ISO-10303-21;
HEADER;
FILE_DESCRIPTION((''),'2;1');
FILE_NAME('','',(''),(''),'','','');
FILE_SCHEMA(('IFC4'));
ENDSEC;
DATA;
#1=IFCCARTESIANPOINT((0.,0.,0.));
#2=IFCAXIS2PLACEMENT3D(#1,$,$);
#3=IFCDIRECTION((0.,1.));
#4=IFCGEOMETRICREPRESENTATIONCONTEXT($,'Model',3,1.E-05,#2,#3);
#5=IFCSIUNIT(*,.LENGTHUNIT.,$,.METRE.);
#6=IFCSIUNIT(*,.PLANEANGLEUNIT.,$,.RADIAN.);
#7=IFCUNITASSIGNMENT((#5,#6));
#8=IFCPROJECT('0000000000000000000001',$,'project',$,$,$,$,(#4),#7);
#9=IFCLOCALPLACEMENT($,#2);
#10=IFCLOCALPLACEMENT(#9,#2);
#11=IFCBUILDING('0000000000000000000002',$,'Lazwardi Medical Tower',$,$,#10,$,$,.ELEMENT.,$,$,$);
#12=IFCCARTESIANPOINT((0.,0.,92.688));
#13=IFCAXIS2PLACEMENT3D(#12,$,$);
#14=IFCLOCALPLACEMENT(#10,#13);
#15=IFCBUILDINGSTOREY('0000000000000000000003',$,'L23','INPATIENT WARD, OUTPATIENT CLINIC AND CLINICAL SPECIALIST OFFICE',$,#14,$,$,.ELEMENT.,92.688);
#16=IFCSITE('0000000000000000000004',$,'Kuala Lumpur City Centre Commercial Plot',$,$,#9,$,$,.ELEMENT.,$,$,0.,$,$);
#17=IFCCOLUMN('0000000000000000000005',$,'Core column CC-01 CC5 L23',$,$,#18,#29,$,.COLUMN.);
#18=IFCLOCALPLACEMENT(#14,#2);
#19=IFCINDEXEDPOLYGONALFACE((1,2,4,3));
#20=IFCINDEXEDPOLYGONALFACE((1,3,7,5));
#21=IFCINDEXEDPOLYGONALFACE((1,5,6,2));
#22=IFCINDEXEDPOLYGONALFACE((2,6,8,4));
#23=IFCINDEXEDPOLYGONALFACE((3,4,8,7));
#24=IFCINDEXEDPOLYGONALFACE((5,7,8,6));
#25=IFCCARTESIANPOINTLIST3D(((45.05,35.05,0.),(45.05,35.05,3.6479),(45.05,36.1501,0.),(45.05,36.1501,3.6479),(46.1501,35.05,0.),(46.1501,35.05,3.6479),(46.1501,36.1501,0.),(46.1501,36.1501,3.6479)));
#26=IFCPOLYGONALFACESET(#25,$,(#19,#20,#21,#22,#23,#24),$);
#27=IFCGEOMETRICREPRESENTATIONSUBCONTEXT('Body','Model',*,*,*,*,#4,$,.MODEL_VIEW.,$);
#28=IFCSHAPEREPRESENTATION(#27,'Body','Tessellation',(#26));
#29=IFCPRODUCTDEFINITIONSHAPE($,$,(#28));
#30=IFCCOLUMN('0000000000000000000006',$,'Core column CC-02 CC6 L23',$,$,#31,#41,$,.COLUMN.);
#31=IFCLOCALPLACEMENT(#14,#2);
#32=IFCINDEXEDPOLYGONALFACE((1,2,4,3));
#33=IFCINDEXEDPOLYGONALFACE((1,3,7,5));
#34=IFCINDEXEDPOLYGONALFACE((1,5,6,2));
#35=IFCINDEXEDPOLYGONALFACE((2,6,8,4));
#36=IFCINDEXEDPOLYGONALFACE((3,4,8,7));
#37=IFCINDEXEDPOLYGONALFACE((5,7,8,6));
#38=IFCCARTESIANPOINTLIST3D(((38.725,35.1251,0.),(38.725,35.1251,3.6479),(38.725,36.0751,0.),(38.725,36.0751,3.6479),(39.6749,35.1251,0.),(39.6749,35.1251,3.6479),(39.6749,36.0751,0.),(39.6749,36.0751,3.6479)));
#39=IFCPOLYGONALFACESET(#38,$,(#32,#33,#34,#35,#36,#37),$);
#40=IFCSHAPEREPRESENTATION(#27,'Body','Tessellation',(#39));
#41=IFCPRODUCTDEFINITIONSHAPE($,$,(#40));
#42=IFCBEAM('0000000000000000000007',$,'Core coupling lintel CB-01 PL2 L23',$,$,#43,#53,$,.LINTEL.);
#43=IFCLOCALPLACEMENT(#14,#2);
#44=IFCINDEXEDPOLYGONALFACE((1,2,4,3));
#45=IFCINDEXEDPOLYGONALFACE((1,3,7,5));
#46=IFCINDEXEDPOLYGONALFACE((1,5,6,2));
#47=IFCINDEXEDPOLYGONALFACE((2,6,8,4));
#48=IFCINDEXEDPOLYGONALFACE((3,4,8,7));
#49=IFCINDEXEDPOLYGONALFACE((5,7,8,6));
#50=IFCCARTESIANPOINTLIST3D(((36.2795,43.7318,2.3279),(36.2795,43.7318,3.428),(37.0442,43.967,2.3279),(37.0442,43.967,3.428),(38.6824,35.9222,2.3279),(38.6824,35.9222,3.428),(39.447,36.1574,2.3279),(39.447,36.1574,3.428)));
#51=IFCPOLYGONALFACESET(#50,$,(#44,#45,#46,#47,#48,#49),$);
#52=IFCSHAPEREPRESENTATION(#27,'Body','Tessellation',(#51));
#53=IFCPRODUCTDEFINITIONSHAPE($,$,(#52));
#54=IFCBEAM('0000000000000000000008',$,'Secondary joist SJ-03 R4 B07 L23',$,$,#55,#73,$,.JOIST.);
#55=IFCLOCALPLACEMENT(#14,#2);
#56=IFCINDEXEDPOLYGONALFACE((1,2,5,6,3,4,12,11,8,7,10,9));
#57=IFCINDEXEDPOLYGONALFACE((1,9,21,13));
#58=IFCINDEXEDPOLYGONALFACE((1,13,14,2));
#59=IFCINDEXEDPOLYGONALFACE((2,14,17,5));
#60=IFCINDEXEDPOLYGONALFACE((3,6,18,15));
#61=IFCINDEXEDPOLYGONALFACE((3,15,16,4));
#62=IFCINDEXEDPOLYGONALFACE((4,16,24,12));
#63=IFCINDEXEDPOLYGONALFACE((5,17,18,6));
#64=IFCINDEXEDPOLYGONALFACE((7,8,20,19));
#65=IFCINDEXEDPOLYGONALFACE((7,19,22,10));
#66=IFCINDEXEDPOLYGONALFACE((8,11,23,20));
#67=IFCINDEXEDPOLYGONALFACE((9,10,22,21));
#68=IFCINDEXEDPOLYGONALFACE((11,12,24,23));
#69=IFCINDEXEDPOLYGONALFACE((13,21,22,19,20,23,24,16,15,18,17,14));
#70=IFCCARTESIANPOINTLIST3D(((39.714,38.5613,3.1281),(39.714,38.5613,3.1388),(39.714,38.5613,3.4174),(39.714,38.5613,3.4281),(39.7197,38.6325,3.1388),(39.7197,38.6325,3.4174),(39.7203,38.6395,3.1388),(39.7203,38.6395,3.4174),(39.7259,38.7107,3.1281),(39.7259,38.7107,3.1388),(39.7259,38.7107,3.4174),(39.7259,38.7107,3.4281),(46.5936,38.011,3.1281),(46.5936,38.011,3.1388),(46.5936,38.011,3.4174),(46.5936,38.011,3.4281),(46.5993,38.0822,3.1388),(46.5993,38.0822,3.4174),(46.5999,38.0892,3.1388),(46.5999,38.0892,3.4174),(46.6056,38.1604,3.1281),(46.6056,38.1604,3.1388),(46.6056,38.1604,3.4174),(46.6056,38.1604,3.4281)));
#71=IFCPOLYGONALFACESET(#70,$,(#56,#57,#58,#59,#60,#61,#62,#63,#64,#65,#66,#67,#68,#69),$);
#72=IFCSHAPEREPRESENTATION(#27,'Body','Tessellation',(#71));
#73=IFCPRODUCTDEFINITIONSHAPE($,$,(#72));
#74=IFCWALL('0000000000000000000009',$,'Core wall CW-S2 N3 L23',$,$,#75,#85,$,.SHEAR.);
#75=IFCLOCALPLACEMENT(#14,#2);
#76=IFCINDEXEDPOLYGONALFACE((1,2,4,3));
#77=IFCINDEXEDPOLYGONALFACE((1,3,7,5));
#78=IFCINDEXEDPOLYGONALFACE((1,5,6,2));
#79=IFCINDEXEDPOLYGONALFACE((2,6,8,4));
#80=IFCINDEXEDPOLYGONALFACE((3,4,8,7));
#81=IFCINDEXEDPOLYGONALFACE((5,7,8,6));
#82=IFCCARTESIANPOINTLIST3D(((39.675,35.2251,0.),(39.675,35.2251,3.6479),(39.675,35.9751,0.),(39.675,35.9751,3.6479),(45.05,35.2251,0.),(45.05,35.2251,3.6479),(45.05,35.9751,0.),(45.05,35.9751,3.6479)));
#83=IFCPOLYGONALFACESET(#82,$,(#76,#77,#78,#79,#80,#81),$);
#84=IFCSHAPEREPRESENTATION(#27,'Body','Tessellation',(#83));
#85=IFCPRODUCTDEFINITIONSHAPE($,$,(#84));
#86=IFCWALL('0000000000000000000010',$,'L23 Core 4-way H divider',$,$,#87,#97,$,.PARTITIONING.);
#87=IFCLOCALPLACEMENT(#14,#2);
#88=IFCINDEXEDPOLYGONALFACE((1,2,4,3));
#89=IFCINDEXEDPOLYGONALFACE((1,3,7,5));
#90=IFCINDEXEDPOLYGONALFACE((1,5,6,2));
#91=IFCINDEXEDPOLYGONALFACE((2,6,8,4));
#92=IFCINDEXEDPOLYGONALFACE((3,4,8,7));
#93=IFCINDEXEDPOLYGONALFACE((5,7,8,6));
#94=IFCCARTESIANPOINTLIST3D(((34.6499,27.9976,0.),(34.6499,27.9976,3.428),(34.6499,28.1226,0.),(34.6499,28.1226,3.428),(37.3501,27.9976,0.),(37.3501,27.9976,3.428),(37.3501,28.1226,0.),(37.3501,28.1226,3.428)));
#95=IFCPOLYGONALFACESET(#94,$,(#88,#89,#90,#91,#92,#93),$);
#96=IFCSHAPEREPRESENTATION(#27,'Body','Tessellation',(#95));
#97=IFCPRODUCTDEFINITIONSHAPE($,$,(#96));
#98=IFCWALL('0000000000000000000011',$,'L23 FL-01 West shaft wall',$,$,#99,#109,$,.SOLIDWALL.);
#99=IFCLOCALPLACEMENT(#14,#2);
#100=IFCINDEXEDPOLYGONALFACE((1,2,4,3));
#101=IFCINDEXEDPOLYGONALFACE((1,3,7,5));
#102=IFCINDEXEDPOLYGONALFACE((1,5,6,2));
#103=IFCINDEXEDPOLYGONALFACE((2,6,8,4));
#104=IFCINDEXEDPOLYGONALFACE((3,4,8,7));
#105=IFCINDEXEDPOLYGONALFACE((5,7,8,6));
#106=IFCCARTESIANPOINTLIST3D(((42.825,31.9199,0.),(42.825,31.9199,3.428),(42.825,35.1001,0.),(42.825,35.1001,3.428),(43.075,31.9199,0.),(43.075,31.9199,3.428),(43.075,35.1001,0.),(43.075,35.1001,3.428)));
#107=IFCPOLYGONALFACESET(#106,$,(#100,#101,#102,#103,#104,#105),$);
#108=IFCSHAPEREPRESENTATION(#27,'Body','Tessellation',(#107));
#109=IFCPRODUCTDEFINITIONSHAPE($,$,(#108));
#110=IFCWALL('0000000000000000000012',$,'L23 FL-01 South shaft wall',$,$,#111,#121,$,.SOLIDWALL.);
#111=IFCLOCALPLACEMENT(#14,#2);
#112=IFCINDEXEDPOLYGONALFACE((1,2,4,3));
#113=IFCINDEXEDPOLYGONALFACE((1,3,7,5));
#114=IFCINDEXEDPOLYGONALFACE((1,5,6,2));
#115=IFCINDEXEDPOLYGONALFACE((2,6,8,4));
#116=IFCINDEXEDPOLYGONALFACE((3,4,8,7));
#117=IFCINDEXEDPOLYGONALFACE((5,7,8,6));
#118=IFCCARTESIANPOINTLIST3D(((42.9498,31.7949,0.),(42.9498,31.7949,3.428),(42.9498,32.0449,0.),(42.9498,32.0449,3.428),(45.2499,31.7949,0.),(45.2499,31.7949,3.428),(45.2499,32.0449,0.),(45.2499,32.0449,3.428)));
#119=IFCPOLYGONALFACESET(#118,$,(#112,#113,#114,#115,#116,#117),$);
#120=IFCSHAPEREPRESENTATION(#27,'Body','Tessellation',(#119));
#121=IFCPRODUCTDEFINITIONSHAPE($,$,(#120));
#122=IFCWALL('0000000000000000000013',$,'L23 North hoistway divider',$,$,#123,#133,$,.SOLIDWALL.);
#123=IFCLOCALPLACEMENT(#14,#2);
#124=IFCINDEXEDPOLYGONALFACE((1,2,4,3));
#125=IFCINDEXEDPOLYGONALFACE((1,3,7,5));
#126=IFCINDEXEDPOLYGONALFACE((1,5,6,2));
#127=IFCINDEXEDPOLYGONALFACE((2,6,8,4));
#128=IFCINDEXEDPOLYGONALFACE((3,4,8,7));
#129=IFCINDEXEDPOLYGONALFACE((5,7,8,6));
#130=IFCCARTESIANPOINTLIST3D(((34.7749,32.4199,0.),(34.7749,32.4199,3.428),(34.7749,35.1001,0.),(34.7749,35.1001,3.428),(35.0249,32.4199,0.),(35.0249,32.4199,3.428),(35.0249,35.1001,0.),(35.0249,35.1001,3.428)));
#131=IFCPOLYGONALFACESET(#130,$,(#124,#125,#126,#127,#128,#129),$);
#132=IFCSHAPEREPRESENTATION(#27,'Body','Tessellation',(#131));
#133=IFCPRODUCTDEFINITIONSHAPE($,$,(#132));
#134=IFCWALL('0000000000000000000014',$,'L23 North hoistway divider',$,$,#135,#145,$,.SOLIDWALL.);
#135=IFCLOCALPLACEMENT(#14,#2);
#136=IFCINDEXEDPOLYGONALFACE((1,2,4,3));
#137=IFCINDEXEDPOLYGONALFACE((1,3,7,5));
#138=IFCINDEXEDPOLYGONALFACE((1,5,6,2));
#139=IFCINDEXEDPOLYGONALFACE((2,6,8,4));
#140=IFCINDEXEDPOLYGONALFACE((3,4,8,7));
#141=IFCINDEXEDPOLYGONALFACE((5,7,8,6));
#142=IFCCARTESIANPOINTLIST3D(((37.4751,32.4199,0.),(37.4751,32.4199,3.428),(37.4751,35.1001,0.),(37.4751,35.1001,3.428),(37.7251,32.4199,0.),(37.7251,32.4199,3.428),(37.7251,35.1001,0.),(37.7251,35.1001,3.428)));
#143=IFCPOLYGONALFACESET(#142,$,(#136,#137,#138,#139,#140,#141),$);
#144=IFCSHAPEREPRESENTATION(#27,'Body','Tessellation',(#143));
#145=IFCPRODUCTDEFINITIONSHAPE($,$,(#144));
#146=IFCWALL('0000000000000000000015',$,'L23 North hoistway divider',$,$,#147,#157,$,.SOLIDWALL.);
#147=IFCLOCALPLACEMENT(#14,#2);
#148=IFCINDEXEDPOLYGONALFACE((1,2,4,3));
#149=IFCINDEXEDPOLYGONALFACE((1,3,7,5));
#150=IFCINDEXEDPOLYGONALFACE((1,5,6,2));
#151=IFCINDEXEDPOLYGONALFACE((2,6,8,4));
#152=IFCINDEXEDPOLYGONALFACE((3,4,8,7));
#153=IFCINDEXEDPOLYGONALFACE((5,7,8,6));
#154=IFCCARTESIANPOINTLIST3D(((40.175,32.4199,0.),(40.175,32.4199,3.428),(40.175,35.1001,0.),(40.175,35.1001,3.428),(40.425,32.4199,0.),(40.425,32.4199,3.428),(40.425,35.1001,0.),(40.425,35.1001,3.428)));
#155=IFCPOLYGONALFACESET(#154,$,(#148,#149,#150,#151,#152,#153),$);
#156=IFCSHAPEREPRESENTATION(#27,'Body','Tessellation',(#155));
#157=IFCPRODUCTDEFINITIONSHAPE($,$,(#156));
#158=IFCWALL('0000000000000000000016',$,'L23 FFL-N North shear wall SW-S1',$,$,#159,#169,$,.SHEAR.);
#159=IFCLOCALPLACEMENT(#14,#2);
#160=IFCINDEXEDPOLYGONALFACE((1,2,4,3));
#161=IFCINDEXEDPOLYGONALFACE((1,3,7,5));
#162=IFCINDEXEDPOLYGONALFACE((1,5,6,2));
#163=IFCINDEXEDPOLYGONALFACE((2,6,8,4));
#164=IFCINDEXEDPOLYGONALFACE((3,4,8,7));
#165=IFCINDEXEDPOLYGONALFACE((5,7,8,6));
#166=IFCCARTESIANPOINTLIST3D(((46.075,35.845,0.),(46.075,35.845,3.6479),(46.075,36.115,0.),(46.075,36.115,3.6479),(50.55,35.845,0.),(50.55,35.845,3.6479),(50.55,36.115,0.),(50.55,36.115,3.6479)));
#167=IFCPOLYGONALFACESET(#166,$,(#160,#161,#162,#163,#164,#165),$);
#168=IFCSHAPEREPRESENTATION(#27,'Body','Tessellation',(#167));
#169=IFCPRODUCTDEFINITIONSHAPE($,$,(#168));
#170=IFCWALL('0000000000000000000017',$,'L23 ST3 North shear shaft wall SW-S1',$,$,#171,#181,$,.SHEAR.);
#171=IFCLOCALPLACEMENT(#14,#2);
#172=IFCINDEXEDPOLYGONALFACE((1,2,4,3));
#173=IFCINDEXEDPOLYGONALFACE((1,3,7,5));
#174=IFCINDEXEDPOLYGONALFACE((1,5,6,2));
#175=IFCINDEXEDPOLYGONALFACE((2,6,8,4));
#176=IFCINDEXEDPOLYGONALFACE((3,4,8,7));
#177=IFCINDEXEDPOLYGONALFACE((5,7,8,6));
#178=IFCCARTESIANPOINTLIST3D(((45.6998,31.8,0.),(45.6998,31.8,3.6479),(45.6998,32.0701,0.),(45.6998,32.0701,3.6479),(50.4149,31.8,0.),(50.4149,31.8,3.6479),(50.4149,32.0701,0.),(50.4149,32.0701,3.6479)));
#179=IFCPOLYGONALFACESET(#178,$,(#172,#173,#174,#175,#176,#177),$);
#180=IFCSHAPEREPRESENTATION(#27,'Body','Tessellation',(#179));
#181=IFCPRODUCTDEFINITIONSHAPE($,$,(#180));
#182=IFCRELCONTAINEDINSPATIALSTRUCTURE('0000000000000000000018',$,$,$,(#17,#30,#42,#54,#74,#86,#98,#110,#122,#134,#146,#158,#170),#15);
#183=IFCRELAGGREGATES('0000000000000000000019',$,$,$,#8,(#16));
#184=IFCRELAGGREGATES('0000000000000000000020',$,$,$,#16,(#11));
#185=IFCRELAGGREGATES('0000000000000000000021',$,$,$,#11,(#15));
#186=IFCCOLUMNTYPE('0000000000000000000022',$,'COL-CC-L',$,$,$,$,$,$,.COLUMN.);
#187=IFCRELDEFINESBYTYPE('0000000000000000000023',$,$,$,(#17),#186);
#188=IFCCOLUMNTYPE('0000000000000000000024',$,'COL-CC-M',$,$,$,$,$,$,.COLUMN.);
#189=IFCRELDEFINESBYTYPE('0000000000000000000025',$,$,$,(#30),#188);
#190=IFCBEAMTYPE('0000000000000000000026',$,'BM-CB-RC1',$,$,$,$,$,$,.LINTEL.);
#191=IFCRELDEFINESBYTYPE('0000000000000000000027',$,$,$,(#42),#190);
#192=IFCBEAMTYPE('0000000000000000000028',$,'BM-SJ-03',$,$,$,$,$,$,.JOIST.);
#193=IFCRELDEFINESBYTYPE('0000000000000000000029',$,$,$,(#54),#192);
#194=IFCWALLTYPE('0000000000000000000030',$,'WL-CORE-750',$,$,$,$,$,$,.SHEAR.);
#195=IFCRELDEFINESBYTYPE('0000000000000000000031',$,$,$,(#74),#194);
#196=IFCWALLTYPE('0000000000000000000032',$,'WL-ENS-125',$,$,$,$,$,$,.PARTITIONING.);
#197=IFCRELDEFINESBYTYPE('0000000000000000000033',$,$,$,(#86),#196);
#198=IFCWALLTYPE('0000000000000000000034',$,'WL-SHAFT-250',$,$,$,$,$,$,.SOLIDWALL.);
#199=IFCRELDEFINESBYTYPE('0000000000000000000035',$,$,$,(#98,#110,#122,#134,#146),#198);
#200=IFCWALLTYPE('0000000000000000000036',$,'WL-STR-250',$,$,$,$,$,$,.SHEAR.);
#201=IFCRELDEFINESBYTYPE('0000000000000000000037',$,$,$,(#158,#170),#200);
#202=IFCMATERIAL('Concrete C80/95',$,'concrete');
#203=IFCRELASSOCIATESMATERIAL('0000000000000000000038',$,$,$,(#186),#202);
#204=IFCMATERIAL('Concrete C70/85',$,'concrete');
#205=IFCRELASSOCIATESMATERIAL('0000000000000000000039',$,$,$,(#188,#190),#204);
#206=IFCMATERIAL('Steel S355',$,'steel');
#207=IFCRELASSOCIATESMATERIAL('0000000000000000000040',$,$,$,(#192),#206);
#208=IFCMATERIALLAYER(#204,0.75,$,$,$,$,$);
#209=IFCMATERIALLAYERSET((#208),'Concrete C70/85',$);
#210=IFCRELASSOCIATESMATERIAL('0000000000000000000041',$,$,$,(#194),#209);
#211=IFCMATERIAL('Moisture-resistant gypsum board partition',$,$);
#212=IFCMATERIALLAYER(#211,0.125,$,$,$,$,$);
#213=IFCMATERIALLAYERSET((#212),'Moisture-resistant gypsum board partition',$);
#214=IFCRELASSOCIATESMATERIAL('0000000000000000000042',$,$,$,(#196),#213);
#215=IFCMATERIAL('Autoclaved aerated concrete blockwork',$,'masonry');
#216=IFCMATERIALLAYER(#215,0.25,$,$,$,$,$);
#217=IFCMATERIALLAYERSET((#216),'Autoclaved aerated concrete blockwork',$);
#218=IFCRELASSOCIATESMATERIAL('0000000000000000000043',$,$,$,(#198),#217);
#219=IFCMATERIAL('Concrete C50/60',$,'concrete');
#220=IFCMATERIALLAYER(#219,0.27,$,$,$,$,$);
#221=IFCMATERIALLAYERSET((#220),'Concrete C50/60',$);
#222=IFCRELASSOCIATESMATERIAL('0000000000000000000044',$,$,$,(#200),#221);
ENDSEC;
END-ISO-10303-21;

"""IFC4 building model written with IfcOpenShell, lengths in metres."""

from ifc_helpers import new_model, si_unit, direction, frame, frame_2d, origin, origin_2d, place, context, subcontext, project, spatial, rectangle, i_section, extrude, material, layer, layer_set, material_profile, profile_set, type_object, element, save


model = new_model("IFC4")

# Units and contexts
model_context = context("Model", 3, precision=1e-05, world=origin(), true_north=direction((0.0, 1.0)))
body_context = subcontext(model_context, "Body", "Model", "MODEL_VIEW")
ifc_project = project(units=[si_unit("LENGTHUNIT", "METRE"), si_unit("PLANEANGLEUNIT", "RADIAN")], contexts=[model_context])

# Site, building, storey
site_placement = place(None, origin())
site = spatial("IfcSite", under=ifc_project, at=site_placement, Name="Kuala Lumpur City Centre Commercial Plot", CompositionType="ELEMENT", RefElevation=0.0)
building_placement = place(site_placement, origin())
building = spatial("IfcBuilding", under=site, at=building_placement, Name="Lazwardi Medical Tower", CompositionType="ELEMENT")
storey_placement = place(building_placement, frame((0.0, 0.0, 92.688)))
storey = spatial("IfcBuildingStorey", under=building, at=storey_placement, Name="L23", Description="INPATIENT WARD, OUTPATIENT CLINIC AND CLINICAL SPECIALIST OFFICE", CompositionType="ELEMENT", Elevation=92.688)

# Columns
ifc_material_1 = material(Name="Concrete C80/95", Category="concrete")
ifc_material_profile_1 = material_profile(ifc_material_1, rectangle(XDim=1.1001, YDim=1.1001, at=origin_2d()), Name="RC 1100x1100")
ifc_profile_set_1 = profile_set([ifc_material_profile_1], Name="Concrete C80/95")
column_type_1 = type_object("IfcColumnType", Name="COL-CC-L", PredefinedType="COLUMN", material=ifc_profile_set_1)
column_1_placement = place(storey_placement, frame((45.6001, 35.6001, 0.0), z_axis=(0.0, 0.0, 1.0), x_axis=(1.0, 0.0, 0.0)))
element("IfcColumn", 1, at=column_1_placement, inside=storey, type_object=column_type_1, Name="Core column CC-01 CC5 L23", PredefinedType="COLUMN", context=body_context, shape_type="SweptSolid", body=[
    extrude(rectangle(XDim=1.1001, YDim=1.1001, at=origin_2d()), origin(), (0.0, 0.0, 1.0), 3.6479),
])
ifc_material_2 = material(Name="Concrete C70/85", Category="concrete")
ifc_material_profile_2 = material_profile(ifc_material_2, rectangle(XDim=0.95, YDim=0.95, at=origin_2d()), Name="RC 950x950")
ifc_profile_set_2 = profile_set([ifc_material_profile_2], Name="Concrete C70/85")
column_type_2 = type_object("IfcColumnType", Name="COL-CC-M", PredefinedType="COLUMN", material=ifc_profile_set_2)
column_2_placement = place(storey_placement, frame((39.2, 35.6001, 0.0), z_axis=(0.0, 0.0, 1.0), x_axis=(1.0, 0.0, 0.0)))
element("IfcColumn", 2, at=column_2_placement, inside=storey, type_object=column_type_2, Name="Core column CC-02 CC6 L23", PredefinedType="COLUMN", context=body_context, shape_type="SweptSolid", body=[
    extrude(rectangle(XDim=0.95, YDim=0.95, at=origin_2d()), origin(), (0.0, 0.0, 1.0), 3.6479),
])

# Beams
ifc_material_profile_3 = material_profile(ifc_material_2, rectangle(XDim=0.8, YDim=1.1001, at=origin_2d()), Name="RC 800x1100")
ifc_profile_set_3 = profile_set([ifc_material_profile_3], Name="Concrete C70/85")
beam_type_1 = type_object("IfcBeamType", Name="BM-CB-RC1", PredefinedType="LINTEL", material=ifc_profile_set_3)
beam_1_placement = place(storey_placement, frame((39.0647, 36.0398, 2.8779), z_axis=(-0.294073, 0.955783, 0.0), x_axis=(-0.955783, -0.294073, 0.0)))
element("IfcBeam", 3, at=beam_1_placement, inside=storey, type_object=beam_type_1, Name="Core coupling lintel CB-01 PL2 L23", PredefinedType="LINTEL", context=body_context, shape_type="SweptSolid", body=[
    extrude(rectangle(XDim=0.8, YDim=1.1001, at=origin_2d()), origin(), (0.0, 0.0, 1.0), 8.1709),
])
ifc_material_3 = material(Name="Steel S355", Category="steel")
ifc_material_profile_4 = material_profile(ifc_material_3, i_section(OverallWidth=0.1499, OverallDepth=0.3, WebThickness=0.0071, FlangeThickness=0.0107, at=origin_2d()), Name="IPE 300")
ifc_profile_set_4 = profile_set([ifc_material_profile_4], Name="Steel S355")
beam_type_2 = type_object("IfcBeamType", Name="BM-SJ-03", PredefinedType="JOIST", material=ifc_profile_set_4)
beam_2_placement = place(storey_placement, frame((46.5996, 38.0857, 3.2781), z_axis=(-0.996816, 0.079734, 0.0), x_axis=(-0.079734, -0.996816, 0.0)))
element("IfcBeam", 4, at=beam_2_placement, inside=storey, type_object=beam_type_2, Name="Secondary joist SJ-03 R4 B07 L23", PredefinedType="JOIST", context=body_context, shape_type="SweptSolid", body=[
    extrude(i_section(OverallWidth=0.1499, OverallDepth=0.3, WebThickness=0.0071, FlangeThickness=0.0107, at=origin_2d()), origin(), (0.0, 0.0, 1.0), 6.9016),
])

# Walls
ifc_layer_1 = layer(ifc_material_2, 0.75)
ifc_layer_set_1 = layer_set([ifc_layer_1], Name="Concrete C70/85")
wall_type_1 = type_object("IfcWallType", Name="WL-CORE-750", PredefinedType="SHEAR", material=ifc_layer_set_1)
wall_1_placement = place(storey_placement, frame((39.675, 35.6001, 0.0), z_axis=(0.0, 0.0, 1.0), x_axis=(1.0, 0.0, 0.0)))
element("IfcWall", 5, at=wall_1_placement, inside=storey, type_object=wall_type_1, Name="Core wall CW-S2 N3 L23", PredefinedType="SHEAR", context=body_context, shape_type="SweptSolid", body=[
    extrude(rectangle(XDim=5.375, YDim=0.75, at=frame_2d((2.6875, 0.0))), origin(), (0.0, 0.0, 1.0), 3.6479),
])
ifc_material_4 = material(Name="Moisture-resistant gypsum board partition")
ifc_layer_2 = layer(ifc_material_4, 0.125)
ifc_layer_set_2 = layer_set([ifc_layer_2], Name="Moisture-resistant gypsum board partition")
wall_type_2 = type_object("IfcWallType", Name="WL-ENS-125", PredefinedType="PARTITIONING", material=ifc_layer_set_2)
wall_2_placement = place(storey_placement, frame((34.6499, 28.0601, 0.0), z_axis=(0.0, 0.0, 1.0), x_axis=(1.0, 0.0, 0.0)))
element("IfcWall", 6, at=wall_2_placement, inside=storey, type_object=wall_type_2, Name="L23 Core 4-way H divider", PredefinedType="PARTITIONING", context=body_context, shape_type="SweptSolid", body=[
    extrude(rectangle(XDim=2.7002, YDim=0.125, at=frame_2d((1.3501, 0.0))), origin(), (0.0, 0.0, 1.0), 3.428),
])
ifc_material_5 = material(Name="Autoclaved aerated concrete blockwork", Category="masonry")
ifc_layer_3 = layer(ifc_material_5, 0.25)
ifc_layer_set_3 = layer_set([ifc_layer_3], Name="Autoclaved aerated concrete blockwork")
wall_type_3 = type_object("IfcWallType", Name="WL-SHAFT-250", PredefinedType="SOLIDWALL", material=ifc_layer_set_3)
wall_3_placement = place(storey_placement, frame((42.95, 31.9199, 0.0), z_axis=(0.0, 0.0, 1.0), x_axis=(0.0, 1.0, 0.0)))
element("IfcWall", 7, at=wall_3_placement, inside=storey, type_object=wall_type_3, Name="L23 FL-01 West shaft wall", PredefinedType="SOLIDWALL", context=body_context, shape_type="SweptSolid", body=[
    extrude(rectangle(XDim=3.1802, YDim=0.25, at=frame_2d((1.5901, 0.0))), origin(), (0.0, 0.0, 1.0), 3.428),
])
wall_4_placement = place(storey_placement, frame((42.95, 31.9199, 0.0), z_axis=(0.0, 0.0, 1.0), x_axis=(1.0, 0.0, 0.0)))
element("IfcWall", 8, at=wall_4_placement, inside=storey, type_object=wall_type_3, Name="L23 FL-01 South shaft wall", PredefinedType="SOLIDWALL", context=body_context, shape_type="SweptSolid", body=[
    extrude(rectangle(XDim=2.3, YDim=0.25, at=frame_2d((1.1499, 0.0))), origin(), (0.0, 0.0, 1.0), 3.428),
])
for number, where, z_axis, x_axis, name in (
    (9, (34.8999, 32.4199, 0.0), (0.0, 0.0, 1.0), (0.0, 1.0, 0.0), "L23 North hoistway divider"),
    (10, (37.6001, 32.4199, 0.0), (0.0, 0.0, 1.0), (0.0, 1.0, 0.0), "L23 North hoistway divider"),
    (11, (40.3, 32.4199, 0.0), (0.0, 0.0, 1.0), (0.0, 1.0, 0.0), "L23 North hoistway divider"),
):
    element("IfcWall", number, at=place(storey_placement, frame(where, z_axis=z_axis, x_axis=x_axis)), inside=storey, type_object=wall_type_3, Name=name, PredefinedType="SOLIDWALL", context=body_context, shape_type="SweptSolid", body=[
        extrude(rectangle(XDim=2.6802, YDim=0.25, at=frame_2d((1.3401, 0.0))), origin(), (0.0, 0.0, 1.0), 3.428),
    ])

# Shared definitions
ifc_material_6 = material(Name="Concrete C50/60", Category="concrete")
ifc_layer_4 = layer(ifc_material_6, 0.27)
ifc_layer_set_4 = layer_set([ifc_layer_4], Name="Concrete C50/60")
wall_type_4 = type_object("IfcWallType", Name="WL-STR-250", PredefinedType="SHEAR", material=ifc_layer_set_4)

# Walls
wall_5_placement = place(storey_placement, frame((46.075, 35.98, 0.0), z_axis=(0.0, 0.0, 1.0), x_axis=(1.0, 0.0, 0.0)))
element("IfcWall", 12, at=wall_5_placement, inside=storey, type_object=wall_type_4, Name="L23 FFL-N North shear wall SW-S1", PredefinedType="SHEAR", context=body_context, shape_type="SweptSolid", body=[
    extrude(rectangle(XDim=4.4751, YDim=0.27, at=frame_2d((2.2375, 0.0))), origin(), (0.0, 0.0, 1.0), 3.6479),
])
wall_6_placement = place(storey_placement, frame((45.7, 31.9351, 0.0), z_axis=(0.0, 0.0, 1.0), x_axis=(1.0, 0.0, 0.0)))
element("IfcWall", 13, at=wall_6_placement, inside=storey, type_object=wall_type_4, Name="L23 ST3 North shear shaft wall SW-S1", PredefinedType="SHEAR", context=body_context, shape_type="SweptSolid", body=[
    extrude(rectangle(XDim=4.7151, YDim=0.27, at=frame_2d((2.3574, 0.0))), origin(), (0.0, 0.0, 1.0), 3.6479),
])

save(model, "model.ifc")
